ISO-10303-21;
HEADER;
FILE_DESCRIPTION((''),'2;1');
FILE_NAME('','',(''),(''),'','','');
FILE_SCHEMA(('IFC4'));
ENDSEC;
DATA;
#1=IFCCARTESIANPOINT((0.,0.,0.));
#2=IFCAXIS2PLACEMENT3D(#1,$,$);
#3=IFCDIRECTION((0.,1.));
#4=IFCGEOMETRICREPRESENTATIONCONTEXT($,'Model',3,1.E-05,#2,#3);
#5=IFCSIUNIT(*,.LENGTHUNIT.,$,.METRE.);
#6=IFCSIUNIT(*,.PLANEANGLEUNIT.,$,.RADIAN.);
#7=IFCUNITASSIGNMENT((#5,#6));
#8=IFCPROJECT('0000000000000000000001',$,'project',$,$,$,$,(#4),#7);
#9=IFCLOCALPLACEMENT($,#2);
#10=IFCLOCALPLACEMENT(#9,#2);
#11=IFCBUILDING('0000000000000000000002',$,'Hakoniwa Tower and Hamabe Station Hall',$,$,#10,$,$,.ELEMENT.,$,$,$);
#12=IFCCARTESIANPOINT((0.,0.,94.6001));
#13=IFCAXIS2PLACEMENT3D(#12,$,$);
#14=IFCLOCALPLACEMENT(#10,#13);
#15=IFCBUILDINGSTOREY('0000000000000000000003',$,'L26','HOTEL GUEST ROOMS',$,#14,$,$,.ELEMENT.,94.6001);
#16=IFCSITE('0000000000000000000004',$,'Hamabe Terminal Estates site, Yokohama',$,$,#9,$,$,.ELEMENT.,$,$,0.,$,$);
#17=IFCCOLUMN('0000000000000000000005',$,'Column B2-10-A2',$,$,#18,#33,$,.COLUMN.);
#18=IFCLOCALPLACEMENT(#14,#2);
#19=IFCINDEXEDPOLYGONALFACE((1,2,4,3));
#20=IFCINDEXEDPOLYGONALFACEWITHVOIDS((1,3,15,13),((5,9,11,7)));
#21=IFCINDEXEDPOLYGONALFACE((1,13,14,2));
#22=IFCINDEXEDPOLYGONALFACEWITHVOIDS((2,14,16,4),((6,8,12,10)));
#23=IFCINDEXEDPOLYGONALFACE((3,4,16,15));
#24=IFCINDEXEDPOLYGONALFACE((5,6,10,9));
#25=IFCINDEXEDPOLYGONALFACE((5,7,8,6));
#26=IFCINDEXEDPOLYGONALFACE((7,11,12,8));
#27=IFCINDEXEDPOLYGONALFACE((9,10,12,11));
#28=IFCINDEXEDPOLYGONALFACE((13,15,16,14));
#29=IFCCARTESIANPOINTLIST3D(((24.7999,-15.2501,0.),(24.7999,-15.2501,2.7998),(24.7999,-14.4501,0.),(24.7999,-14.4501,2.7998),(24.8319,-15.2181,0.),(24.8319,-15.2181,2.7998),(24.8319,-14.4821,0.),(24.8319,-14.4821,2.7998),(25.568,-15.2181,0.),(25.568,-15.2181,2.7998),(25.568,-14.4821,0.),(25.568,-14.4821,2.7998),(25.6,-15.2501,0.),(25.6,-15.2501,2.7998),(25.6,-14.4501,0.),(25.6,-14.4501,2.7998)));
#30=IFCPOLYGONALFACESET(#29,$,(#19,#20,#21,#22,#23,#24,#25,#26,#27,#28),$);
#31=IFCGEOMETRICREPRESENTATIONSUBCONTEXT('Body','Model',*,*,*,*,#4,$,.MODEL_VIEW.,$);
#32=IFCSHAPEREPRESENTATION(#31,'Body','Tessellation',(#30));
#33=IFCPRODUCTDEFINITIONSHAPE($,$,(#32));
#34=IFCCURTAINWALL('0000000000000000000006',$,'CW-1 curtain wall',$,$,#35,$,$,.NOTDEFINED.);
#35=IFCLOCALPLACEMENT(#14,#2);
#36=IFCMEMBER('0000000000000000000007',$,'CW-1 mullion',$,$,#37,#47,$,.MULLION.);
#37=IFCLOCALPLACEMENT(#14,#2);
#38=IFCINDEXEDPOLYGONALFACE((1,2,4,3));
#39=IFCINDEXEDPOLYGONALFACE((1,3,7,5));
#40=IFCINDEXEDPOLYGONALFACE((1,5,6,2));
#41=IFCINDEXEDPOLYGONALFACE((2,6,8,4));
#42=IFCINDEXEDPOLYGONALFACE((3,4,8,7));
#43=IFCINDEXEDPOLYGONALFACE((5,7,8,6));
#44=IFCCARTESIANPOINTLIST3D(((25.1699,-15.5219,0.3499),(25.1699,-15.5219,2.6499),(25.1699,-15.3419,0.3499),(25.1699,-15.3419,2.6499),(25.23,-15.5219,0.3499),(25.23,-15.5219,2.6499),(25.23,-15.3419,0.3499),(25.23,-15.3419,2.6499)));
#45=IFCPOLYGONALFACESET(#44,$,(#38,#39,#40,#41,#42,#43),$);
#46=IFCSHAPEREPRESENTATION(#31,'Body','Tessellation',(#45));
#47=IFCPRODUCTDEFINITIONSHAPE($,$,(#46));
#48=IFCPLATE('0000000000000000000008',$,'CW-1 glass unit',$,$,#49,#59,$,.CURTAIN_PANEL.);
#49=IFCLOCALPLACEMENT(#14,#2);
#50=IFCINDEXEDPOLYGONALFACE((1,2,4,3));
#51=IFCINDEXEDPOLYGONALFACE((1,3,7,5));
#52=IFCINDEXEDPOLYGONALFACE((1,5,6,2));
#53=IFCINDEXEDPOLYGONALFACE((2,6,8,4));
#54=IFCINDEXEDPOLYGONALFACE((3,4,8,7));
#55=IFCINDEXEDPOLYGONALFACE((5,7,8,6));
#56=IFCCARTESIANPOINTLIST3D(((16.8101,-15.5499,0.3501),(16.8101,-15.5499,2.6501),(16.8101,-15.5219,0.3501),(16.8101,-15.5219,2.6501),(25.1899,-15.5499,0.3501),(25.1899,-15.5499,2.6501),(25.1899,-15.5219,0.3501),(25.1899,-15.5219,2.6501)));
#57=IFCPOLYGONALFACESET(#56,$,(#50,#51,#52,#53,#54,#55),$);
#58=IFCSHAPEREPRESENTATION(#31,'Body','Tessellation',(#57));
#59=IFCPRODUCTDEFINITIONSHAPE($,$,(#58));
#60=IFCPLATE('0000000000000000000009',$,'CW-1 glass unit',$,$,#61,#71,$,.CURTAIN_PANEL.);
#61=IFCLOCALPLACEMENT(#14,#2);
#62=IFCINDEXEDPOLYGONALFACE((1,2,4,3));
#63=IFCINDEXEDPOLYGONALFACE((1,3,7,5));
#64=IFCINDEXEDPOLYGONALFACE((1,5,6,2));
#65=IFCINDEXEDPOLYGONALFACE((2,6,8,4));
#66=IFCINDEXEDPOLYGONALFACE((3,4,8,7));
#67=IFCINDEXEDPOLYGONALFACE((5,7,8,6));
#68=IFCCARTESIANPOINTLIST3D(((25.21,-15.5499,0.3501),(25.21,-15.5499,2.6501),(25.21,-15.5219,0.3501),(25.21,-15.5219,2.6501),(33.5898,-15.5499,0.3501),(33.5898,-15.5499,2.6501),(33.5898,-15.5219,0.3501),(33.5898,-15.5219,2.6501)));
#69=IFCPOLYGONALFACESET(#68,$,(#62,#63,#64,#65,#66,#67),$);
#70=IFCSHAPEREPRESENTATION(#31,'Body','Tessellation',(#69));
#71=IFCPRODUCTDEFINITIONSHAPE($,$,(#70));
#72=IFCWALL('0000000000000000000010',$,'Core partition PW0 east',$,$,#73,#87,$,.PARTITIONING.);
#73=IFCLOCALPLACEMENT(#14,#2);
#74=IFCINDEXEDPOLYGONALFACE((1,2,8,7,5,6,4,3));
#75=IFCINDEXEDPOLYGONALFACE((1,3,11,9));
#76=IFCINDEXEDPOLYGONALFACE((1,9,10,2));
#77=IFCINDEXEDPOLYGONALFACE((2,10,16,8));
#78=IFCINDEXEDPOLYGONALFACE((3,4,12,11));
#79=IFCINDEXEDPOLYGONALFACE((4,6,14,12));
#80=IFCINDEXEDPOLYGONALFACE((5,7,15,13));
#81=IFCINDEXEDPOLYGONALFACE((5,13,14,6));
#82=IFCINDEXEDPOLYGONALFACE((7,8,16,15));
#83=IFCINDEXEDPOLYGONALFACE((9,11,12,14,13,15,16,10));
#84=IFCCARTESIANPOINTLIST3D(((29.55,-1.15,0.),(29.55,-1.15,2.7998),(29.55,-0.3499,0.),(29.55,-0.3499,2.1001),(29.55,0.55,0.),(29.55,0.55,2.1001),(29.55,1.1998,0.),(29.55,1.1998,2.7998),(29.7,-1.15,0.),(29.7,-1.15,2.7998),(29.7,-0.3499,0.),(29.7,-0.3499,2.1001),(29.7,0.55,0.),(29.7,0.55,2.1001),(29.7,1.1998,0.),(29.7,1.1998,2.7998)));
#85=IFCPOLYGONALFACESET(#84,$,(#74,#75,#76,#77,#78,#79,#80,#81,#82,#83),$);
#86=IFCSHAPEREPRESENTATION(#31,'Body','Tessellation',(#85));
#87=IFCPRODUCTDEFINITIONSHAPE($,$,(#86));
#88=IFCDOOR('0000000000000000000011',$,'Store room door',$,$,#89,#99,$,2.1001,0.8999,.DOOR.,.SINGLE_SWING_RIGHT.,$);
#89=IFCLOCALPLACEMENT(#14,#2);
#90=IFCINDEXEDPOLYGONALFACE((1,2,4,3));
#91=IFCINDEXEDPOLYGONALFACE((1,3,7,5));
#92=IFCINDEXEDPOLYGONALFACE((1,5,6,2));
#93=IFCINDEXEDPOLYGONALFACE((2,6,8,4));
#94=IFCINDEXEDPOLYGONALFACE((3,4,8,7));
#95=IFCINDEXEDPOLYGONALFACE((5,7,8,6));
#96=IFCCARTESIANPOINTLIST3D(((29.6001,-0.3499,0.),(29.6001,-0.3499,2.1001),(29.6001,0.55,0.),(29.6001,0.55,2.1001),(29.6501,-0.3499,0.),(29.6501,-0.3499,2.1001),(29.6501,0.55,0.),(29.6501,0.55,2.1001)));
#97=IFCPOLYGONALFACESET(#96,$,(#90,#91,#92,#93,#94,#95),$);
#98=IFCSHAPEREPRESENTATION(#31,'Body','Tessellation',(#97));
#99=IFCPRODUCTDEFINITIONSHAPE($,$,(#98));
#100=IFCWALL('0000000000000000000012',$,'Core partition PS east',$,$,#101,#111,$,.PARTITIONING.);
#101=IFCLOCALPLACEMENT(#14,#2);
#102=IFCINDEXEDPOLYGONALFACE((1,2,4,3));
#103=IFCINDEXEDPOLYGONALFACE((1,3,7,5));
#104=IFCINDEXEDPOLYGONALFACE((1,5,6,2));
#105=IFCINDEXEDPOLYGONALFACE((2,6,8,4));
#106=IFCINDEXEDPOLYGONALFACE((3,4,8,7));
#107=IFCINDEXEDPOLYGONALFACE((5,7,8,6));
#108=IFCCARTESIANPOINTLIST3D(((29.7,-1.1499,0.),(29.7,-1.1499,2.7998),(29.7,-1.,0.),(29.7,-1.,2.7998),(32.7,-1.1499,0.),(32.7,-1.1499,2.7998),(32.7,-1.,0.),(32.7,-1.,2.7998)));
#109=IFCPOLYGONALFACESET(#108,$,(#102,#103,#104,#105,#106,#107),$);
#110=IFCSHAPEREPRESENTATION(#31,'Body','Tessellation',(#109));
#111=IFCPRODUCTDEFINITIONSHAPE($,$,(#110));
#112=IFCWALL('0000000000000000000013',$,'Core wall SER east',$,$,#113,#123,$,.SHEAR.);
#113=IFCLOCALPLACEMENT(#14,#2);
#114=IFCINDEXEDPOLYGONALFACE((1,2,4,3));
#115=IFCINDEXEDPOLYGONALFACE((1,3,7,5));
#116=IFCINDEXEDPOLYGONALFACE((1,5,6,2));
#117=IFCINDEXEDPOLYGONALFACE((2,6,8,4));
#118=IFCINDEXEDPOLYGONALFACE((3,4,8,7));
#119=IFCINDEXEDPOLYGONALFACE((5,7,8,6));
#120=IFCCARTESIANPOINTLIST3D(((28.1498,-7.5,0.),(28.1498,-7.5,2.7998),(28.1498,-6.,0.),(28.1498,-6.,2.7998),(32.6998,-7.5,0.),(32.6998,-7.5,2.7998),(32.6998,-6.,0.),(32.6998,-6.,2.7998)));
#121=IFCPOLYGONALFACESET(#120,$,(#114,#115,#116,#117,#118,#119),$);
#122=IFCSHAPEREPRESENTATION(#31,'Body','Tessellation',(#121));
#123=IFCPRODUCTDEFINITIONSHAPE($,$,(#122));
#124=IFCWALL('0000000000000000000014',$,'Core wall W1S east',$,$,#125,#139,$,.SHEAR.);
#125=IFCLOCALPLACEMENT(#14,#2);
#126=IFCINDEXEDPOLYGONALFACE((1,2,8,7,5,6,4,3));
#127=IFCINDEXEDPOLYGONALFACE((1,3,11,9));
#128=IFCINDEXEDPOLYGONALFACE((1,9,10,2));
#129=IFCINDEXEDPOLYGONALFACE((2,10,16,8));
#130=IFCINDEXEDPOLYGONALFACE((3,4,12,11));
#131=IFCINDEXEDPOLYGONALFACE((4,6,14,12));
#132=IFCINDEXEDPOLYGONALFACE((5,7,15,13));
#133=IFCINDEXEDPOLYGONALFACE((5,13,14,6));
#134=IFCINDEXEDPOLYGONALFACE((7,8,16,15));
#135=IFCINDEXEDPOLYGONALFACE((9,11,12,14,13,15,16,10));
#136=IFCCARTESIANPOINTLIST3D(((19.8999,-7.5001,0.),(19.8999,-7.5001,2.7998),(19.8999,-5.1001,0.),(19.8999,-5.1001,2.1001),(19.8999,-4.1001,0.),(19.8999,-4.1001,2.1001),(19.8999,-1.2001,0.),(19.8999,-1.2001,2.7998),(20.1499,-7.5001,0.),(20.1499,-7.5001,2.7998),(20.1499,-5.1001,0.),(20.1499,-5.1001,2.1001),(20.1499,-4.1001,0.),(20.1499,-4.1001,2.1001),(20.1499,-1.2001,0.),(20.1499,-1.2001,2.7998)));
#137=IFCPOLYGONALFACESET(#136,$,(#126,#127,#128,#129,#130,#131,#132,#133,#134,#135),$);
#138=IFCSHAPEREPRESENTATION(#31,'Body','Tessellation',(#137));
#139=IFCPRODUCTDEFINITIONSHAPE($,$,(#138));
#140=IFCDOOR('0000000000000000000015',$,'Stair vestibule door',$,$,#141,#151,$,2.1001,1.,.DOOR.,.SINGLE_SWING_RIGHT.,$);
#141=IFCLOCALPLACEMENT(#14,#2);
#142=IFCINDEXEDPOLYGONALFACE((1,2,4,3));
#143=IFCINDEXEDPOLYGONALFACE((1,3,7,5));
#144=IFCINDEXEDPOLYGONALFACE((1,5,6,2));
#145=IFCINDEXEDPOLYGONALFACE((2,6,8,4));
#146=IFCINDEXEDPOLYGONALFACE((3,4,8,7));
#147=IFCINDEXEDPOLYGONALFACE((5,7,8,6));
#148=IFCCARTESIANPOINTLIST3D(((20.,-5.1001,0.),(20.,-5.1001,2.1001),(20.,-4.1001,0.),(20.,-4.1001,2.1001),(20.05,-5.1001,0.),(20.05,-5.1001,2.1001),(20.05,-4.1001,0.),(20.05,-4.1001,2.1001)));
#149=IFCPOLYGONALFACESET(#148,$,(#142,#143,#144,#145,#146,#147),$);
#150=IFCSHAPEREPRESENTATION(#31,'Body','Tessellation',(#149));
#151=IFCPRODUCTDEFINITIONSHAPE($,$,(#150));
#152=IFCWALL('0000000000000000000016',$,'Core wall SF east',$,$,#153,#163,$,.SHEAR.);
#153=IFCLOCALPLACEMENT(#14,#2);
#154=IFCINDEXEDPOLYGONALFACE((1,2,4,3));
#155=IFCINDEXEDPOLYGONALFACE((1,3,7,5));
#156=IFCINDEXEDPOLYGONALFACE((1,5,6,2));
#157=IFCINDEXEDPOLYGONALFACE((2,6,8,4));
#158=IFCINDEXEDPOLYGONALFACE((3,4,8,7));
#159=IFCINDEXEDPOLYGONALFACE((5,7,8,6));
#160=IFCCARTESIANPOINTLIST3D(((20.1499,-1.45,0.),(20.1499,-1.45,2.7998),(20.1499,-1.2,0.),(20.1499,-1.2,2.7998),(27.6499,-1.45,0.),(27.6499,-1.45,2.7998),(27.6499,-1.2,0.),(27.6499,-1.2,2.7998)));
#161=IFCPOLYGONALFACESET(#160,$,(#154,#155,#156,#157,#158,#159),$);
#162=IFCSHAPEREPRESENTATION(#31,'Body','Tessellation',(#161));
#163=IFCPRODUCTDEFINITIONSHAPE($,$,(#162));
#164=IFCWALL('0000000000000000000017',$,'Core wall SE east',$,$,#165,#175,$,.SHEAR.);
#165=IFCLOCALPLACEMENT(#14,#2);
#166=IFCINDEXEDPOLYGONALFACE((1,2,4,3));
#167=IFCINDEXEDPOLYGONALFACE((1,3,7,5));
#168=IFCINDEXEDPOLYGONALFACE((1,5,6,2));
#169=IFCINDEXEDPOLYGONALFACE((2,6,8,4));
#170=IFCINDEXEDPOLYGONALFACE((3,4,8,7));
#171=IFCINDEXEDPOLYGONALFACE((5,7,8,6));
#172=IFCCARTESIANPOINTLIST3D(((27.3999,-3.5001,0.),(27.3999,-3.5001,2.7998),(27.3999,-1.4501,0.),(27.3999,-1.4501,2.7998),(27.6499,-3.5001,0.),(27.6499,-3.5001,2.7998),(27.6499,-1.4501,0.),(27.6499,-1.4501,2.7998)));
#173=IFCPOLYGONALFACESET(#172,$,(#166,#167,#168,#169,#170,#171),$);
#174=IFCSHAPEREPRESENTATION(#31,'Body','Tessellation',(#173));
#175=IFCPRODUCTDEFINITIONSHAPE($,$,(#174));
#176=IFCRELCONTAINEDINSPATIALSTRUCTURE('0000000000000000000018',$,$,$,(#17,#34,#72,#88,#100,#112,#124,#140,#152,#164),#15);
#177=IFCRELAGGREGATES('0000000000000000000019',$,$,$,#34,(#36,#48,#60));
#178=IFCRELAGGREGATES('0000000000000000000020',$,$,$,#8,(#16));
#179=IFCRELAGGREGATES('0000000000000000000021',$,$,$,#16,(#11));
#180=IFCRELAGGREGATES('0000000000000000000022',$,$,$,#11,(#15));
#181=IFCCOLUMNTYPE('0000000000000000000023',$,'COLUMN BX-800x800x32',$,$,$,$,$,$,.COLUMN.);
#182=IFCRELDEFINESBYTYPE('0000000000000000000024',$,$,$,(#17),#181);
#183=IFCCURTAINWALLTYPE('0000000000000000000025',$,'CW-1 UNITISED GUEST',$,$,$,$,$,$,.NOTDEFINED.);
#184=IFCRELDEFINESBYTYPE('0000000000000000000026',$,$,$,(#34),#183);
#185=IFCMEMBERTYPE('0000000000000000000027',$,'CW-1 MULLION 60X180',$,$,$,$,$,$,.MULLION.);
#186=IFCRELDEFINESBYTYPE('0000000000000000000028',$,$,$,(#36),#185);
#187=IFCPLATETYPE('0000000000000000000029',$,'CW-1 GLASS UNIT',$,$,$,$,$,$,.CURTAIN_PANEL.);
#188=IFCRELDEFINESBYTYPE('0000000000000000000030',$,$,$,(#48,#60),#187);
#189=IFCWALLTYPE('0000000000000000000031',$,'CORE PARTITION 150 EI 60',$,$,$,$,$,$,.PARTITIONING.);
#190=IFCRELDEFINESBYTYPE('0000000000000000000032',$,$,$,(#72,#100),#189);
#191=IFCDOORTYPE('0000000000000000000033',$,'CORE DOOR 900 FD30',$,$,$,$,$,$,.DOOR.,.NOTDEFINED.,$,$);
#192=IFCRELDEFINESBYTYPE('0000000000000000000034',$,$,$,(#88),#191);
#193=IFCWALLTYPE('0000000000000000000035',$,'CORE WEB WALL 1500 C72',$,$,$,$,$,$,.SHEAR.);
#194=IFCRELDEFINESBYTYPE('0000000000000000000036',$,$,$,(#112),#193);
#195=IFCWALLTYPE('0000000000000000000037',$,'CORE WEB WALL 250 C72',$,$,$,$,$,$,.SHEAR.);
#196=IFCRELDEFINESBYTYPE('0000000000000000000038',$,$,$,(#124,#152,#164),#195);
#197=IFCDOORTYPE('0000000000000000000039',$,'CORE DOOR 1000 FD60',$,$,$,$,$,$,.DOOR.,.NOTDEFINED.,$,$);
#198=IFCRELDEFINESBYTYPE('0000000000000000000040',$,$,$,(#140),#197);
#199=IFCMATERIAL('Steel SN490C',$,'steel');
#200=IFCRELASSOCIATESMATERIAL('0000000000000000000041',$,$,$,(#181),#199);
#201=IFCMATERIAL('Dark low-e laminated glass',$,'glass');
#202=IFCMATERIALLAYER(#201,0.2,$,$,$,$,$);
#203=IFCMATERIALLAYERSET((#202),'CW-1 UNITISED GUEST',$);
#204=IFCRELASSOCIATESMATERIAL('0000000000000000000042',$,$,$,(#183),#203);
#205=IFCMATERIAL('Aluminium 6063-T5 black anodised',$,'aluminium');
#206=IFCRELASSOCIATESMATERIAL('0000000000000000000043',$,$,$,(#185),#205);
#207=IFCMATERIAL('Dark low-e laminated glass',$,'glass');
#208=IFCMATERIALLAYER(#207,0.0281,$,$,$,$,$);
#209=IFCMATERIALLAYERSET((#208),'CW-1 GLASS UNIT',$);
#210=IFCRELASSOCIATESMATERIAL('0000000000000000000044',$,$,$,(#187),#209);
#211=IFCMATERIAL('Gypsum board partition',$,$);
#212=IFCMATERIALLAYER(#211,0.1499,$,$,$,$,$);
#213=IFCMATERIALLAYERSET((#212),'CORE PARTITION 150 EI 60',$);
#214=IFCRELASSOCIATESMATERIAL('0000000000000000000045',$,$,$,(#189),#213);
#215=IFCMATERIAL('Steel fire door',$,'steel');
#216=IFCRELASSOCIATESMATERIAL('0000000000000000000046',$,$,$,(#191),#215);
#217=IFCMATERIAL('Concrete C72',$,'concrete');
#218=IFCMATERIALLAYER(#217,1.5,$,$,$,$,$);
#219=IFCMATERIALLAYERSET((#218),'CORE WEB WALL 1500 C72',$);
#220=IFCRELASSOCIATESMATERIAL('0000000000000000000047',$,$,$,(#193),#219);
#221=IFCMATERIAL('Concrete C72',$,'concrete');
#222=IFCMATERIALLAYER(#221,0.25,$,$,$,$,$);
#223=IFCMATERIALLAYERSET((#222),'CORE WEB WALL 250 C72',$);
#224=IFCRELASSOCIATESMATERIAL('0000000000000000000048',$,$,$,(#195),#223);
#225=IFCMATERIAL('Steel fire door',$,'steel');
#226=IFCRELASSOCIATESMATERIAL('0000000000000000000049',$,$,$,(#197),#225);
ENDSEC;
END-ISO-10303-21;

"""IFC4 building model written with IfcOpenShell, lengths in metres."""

from ifc_helpers import new_model, si_unit, direction, frame, frame_2d, origin, origin_2d, place, context, subcontext, project, spatial, rectangle, hollow_rectangle, extrude, material, layer, layer_set, material_profile, profile_set, type_object, element, fill, aggregate, save


model = new_model("IFC4")

# Units and contexts
model_context = context("Model", 3, precision=1e-05, world=origin(), true_north=direction((0.0, 1.0)))
body_context = subcontext(model_context, "Body", "Model", "MODEL_VIEW")
ifc_project = project(units=[si_unit("LENGTHUNIT", "METRE"), si_unit("PLANEANGLEUNIT", "RADIAN")], contexts=[model_context])

# Site, building, storey
site_placement = place(None, origin())
site = spatial("IfcSite", under=ifc_project, at=site_placement, Name="Hamabe Terminal Estates site, Yokohama", CompositionType="ELEMENT", RefElevation=0.0)
building_placement = place(site_placement, origin())
building = spatial("IfcBuilding", under=site, at=building_placement, Name="Hakoniwa Tower and Hamabe Station Hall", CompositionType="ELEMENT")
storey_placement = place(building_placement, frame((0.0, 0.0, 94.6001)))
storey = spatial("IfcBuildingStorey", under=building, at=storey_placement, Name="L26", Description="HOTEL GUEST ROOMS", CompositionType="ELEMENT", Elevation=94.6001)

# Column
ifc_material_1 = material(Name="Steel SN490C", Category="steel")
ifc_material_profile_1 = material_profile(ifc_material_1, hollow_rectangle(XDim=0.8, YDim=0.8, WallThickness=0.032, at=origin_2d()), Name="BX-800x800x32")
ifc_profile_set_1 = profile_set([ifc_material_profile_1], Name="Steel SN490C")
column_type = type_object("IfcColumnType", Name="COLUMN BX-800x800x32", PredefinedType="COLUMN", material=ifc_profile_set_1)
column_placement = place(storey_placement, frame((25.2, -14.8501, 0.0), z_axis=(0.0, 0.0, 1.0), x_axis=(1.0, 0.0, 0.0)))
element("IfcColumn", 1, at=column_placement, inside=storey, type_object=column_type, Name="Column B2-10-A2", PredefinedType="COLUMN", context=body_context, shape_type="SweptSolid", body=[
    extrude(hollow_rectangle(XDim=0.8, YDim=0.8, WallThickness=0.032, at=origin_2d()), origin(), (0.0, 0.0, 1.0), 2.7998),
])

# Curtain wall, member, plates
ifc_material_2 = material(Name="Dark low-e laminated glass", Category="glass")
ifc_layer_1 = layer(ifc_material_2, 0.2)
ifc_layer_set_1 = layer_set([ifc_layer_1], Name="CW-1 UNITISED GUEST")
curtain_wall_type = type_object("IfcCurtainWallType", Name="CW-1 UNITISED GUEST", PredefinedType="NOTDEFINED", material=ifc_layer_set_1)
curtain_wall_placement = place(storey_placement, origin())
curtain_wall = element("IfcCurtainWall", 2, at=curtain_wall_placement, inside=storey, type_object=curtain_wall_type, Name="CW-1 curtain wall", PredefinedType="NOTDEFINED")
ifc_material_3 = material(Name="Aluminium 6063-T5 black anodised", Category="aluminium")
ifc_material_profile_2 = material_profile(ifc_material_3, rectangle(XDim=0.0601, YDim=0.1799, at=origin_2d()), Name="CW-1 MULLION 60X180")
ifc_profile_set_2 = profile_set([ifc_material_profile_2], Name="Aluminium 6063-T5 black anodised")
member_type = type_object("IfcMemberType", Name="CW-1 MULLION 60X180", PredefinedType="MULLION", material=ifc_profile_set_2)
member_placement = place(storey_placement, frame((25.2, -15.4319, 0.3499), z_axis=(0.0, 0.0, 1.0), x_axis=(1.0, 0.0, 0.0)))
member = element("IfcMember", 3, at=member_placement, type_object=member_type, Name="CW-1 mullion", PredefinedType="MULLION", context=body_context, shape_type="SweptSolid", body=[
    extrude(rectangle(XDim=0.0601, YDim=0.1799, at=origin_2d()), origin(), (0.0, 0.0, 1.0), 2.3),
])
ifc_material_4 = material(Name="Dark low-e laminated glass", Category="glass")
ifc_layer_2 = layer(ifc_material_4, 0.0281)
ifc_layer_set_2 = layer_set([ifc_layer_2], Name="CW-1 GLASS UNIT")
plate_type = type_object("IfcPlateType", Name="CW-1 GLASS UNIT", PredefinedType="CURTAIN_PANEL", material=ifc_layer_set_2)
plate_1_placement = place(storey_placement, frame((21.0, -15.5359, 0.3501), z_axis=(0.0, 0.0, 1.0), x_axis=(1.0, 0.0, 0.0)))
plate_1 = element("IfcPlate", 4, at=plate_1_placement, type_object=plate_type, Name="CW-1 glass unit", PredefinedType="CURTAIN_PANEL", context=body_context, shape_type="SweptSolid", body=[
    extrude(rectangle(XDim=8.3799, YDim=0.0281, at=origin_2d()), origin(), (0.0, 0.0, 1.0), 2.3),
])
plate_2_placement = place(storey_placement, frame((29.3999, -15.5359, 0.3501), z_axis=(0.0, 0.0, 1.0), x_axis=(1.0, 0.0, 0.0)))
plate_2 = element("IfcPlate", 5, at=plate_2_placement, type_object=plate_type, Name="CW-1 glass unit", PredefinedType="CURTAIN_PANEL", context=body_context, shape_type="SweptSolid", body=[
    extrude(rectangle(XDim=8.3799, YDim=0.0281, at=origin_2d()), origin(), (0.0, 0.0, 1.0), 2.3),
])
aggregate(curtain_wall, [member, plate_1, plate_2])

# Wall, opening, door
ifc_material_5 = material(Name="Gypsum board partition")
ifc_layer_3 = layer(ifc_material_5, 0.1499)
ifc_layer_set_3 = layer_set([ifc_layer_3], Name="CORE PARTITION 150 EI 60")
wall_type_1 = type_object("IfcWallType", Name="CORE PARTITION 150 EI 60", PredefinedType="PARTITIONING", material=ifc_layer_set_3)
wall_1_placement = place(storey_placement, frame((29.625, -1.1499, 0.0), z_axis=(0.0, 0.0, 1.0), x_axis=(0.0, 1.0, 0.0)))
wall_1 = element("IfcWall", 6, at=wall_1_placement, inside=storey, type_object=wall_type_1, Name="Core partition PW0 east", PredefinedType="PARTITIONING", context=body_context, shape_type="SweptSolid", body=[
    extrude(rectangle(XDim=2.3499, YDim=0.1499, at=frame_2d((1.1748, 0.0))), origin(), (0.0, 0.0, 1.0), 2.7998),
])
opening_1_placement = place(wall_1_placement, frame((0.8, 0.0, 0.0)))
opening_1 = element("IfcOpeningElement", 7, at=opening_1_placement, cuts=wall_1, PredefinedType="OPENING", context=body_context, shape_type="SweptSolid", body=[
    extrude(rectangle(XDim=0.8999, YDim=2.1001, at=frame_2d((0.45, 1.05))), frame((0.0, 0.085, 0.0), z_axis=(0.0, -1.0, 0.0), x_axis=(1.0, 0.0, 0.0)), (0.0, 0.0, 1.0), 0.1699),
])
ifc_material_6 = material(Name="Steel fire door", Category="steel")
door_type_1 = type_object("IfcDoorType", Name="CORE DOOR 900 FD30", OperationType="NOTDEFINED", PredefinedType="DOOR", material=ifc_material_6)
door_1_placement = place(opening_1_placement, origin())
door_1 = element("IfcDoor", 8, at=door_1_placement, inside=storey, type_object=door_type_1, Name="Store room door", OperationType="SINGLE_SWING_RIGHT", OverallHeight=2.1001, OverallWidth=0.8999, PredefinedType="DOOR", context=body_context, shape_type="SweptSolid", body=[
    extrude(rectangle(XDim=0.8999, YDim=2.1001, at=frame_2d((0.45, 1.05))), frame((0.0, 0.0249, 0.0), z_axis=(0.0, -1.0, 0.0), x_axis=(1.0, 0.0, 0.0)), (0.0, 0.0, 1.0), 0.05),
])
fill(opening_1, door_1)

# Walls
wall_2_placement = place(storey_placement, frame((29.7, -1.075, 0.0), z_axis=(0.0, 0.0, 1.0), x_axis=(1.0, 0.0, 0.0)))
element("IfcWall", 9, at=wall_2_placement, inside=storey, type_object=wall_type_1, Name="Core partition PS east", PredefinedType="PARTITIONING", context=body_context, shape_type="SweptSolid", body=[
    extrude(rectangle(XDim=3.0, YDim=0.1499, at=frame_2d((1.5, 0.0))), origin(), (0.0, 0.0, 1.0), 2.7998),
])
ifc_material_7 = material(Name="Concrete C72", Category="concrete")
ifc_layer_4 = layer(ifc_material_7, 1.5)
ifc_layer_set_4 = layer_set([ifc_layer_4], Name="CORE WEB WALL 1500 C72")
wall_type_2 = type_object("IfcWallType", Name="CORE WEB WALL 1500 C72", PredefinedType="SHEAR", material=ifc_layer_set_4)
wall_3_placement = place(storey_placement, frame((28.1499, -6.75, 0.0), z_axis=(0.0, 0.0, 1.0), x_axis=(1.0, 0.0, 0.0)))
element("IfcWall", 10, at=wall_3_placement, inside=storey, type_object=wall_type_2, Name="Core wall SER east", PredefinedType="SHEAR", context=body_context, shape_type="SweptSolid", body=[
    extrude(rectangle(XDim=4.55, YDim=1.5, at=frame_2d((2.2749, 0.0))), origin(), (0.0, 0.0, 1.0), 2.7998),
])

# Wall, opening, door
ifc_material_8 = material(Name="Concrete C72", Category="concrete")
ifc_layer_5 = layer(ifc_material_8, 0.25)
ifc_layer_set_5 = layer_set([ifc_layer_5], Name="CORE WEB WALL 250 C72")
wall_type_3 = type_object("IfcWallType", Name="CORE WEB WALL 250 C72", PredefinedType="SHEAR", material=ifc_layer_set_5)
wall_4_placement = place(storey_placement, frame((20.0249, -7.5, 0.0), z_axis=(0.0, 0.0, 1.0), x_axis=(0.0, 1.0, 0.0)))
wall_4 = element("IfcWall", 11, at=wall_4_placement, inside=storey, type_object=wall_type_3, Name="Core wall W1S east", PredefinedType="SHEAR", context=body_context, shape_type="SweptSolid", body=[
    extrude(rectangle(XDim=6.3, YDim=0.25, at=frame_2d((3.1499, 0.0))), origin(), (0.0, 0.0, 1.0), 2.7998),
])
opening_2_placement = place(wall_4_placement, frame((2.3999, 0.0, 0.0)))
opening_2 = element("IfcOpeningElement", 12, at=opening_2_placement, cuts=wall_4, PredefinedType="OPENING", context=body_context, shape_type="SweptSolid", body=[
    extrude(rectangle(XDim=1.0, YDim=2.1001, at=frame_2d((0.5, 1.05))), frame((0.0, 0.135, 0.0), z_axis=(0.0, -1.0, 0.0), x_axis=(1.0, 0.0, 0.0)), (0.0, 0.0, 1.0), 0.27),
])
ifc_material_9 = material(Name="Steel fire door", Category="steel")
door_type_2 = type_object("IfcDoorType", Name="CORE DOOR 1000 FD60", OperationType="NOTDEFINED", PredefinedType="DOOR", material=ifc_material_9)
door_2_placement = place(opening_2_placement, origin())
door_2 = element("IfcDoor", 13, at=door_2_placement, inside=storey, type_object=door_type_2, Name="Stair vestibule door", OperationType="SINGLE_SWING_RIGHT", OverallHeight=2.1001, OverallWidth=1.0, PredefinedType="DOOR", context=body_context, shape_type="SweptSolid", body=[
    extrude(rectangle(XDim=1.0, YDim=2.1001, at=frame_2d((0.5, 1.05))), frame((0.0, 0.0249, 0.0), z_axis=(0.0, -1.0, 0.0), x_axis=(1.0, 0.0, 0.0)), (0.0, 0.0, 1.0), 0.05),
])
fill(opening_2, door_2)

# Walls
wall_5_placement = place(storey_placement, frame((20.1499, -1.325, 0.0), z_axis=(0.0, 0.0, 1.0), x_axis=(1.0, 0.0, 0.0)))
element("IfcWall", 14, at=wall_5_placement, inside=storey, type_object=wall_type_3, Name="Core wall SF east", PredefinedType="SHEAR", context=body_context, shape_type="SweptSolid", body=[
    extrude(rectangle(XDim=7.5, YDim=0.25, at=frame_2d((3.75, 0.0))), origin(), (0.0, 0.0, 1.0), 2.7998),
])
wall_6_placement = place(storey_placement, frame((27.5249, -3.5, 0.0), z_axis=(0.0, 0.0, 1.0), x_axis=(0.0, 1.0, 0.0)))
element("IfcWall", 15, at=wall_6_placement, inside=storey, type_object=wall_type_3, Name="Core wall SE east", PredefinedType="SHEAR", context=body_context, shape_type="SweptSolid", body=[
    extrude(rectangle(XDim=2.05, YDim=0.25, at=frame_2d((1.0249, 0.0))), origin(), (0.0, 0.0, 1.0), 2.7998),
])

save(model, "model.ifc")
